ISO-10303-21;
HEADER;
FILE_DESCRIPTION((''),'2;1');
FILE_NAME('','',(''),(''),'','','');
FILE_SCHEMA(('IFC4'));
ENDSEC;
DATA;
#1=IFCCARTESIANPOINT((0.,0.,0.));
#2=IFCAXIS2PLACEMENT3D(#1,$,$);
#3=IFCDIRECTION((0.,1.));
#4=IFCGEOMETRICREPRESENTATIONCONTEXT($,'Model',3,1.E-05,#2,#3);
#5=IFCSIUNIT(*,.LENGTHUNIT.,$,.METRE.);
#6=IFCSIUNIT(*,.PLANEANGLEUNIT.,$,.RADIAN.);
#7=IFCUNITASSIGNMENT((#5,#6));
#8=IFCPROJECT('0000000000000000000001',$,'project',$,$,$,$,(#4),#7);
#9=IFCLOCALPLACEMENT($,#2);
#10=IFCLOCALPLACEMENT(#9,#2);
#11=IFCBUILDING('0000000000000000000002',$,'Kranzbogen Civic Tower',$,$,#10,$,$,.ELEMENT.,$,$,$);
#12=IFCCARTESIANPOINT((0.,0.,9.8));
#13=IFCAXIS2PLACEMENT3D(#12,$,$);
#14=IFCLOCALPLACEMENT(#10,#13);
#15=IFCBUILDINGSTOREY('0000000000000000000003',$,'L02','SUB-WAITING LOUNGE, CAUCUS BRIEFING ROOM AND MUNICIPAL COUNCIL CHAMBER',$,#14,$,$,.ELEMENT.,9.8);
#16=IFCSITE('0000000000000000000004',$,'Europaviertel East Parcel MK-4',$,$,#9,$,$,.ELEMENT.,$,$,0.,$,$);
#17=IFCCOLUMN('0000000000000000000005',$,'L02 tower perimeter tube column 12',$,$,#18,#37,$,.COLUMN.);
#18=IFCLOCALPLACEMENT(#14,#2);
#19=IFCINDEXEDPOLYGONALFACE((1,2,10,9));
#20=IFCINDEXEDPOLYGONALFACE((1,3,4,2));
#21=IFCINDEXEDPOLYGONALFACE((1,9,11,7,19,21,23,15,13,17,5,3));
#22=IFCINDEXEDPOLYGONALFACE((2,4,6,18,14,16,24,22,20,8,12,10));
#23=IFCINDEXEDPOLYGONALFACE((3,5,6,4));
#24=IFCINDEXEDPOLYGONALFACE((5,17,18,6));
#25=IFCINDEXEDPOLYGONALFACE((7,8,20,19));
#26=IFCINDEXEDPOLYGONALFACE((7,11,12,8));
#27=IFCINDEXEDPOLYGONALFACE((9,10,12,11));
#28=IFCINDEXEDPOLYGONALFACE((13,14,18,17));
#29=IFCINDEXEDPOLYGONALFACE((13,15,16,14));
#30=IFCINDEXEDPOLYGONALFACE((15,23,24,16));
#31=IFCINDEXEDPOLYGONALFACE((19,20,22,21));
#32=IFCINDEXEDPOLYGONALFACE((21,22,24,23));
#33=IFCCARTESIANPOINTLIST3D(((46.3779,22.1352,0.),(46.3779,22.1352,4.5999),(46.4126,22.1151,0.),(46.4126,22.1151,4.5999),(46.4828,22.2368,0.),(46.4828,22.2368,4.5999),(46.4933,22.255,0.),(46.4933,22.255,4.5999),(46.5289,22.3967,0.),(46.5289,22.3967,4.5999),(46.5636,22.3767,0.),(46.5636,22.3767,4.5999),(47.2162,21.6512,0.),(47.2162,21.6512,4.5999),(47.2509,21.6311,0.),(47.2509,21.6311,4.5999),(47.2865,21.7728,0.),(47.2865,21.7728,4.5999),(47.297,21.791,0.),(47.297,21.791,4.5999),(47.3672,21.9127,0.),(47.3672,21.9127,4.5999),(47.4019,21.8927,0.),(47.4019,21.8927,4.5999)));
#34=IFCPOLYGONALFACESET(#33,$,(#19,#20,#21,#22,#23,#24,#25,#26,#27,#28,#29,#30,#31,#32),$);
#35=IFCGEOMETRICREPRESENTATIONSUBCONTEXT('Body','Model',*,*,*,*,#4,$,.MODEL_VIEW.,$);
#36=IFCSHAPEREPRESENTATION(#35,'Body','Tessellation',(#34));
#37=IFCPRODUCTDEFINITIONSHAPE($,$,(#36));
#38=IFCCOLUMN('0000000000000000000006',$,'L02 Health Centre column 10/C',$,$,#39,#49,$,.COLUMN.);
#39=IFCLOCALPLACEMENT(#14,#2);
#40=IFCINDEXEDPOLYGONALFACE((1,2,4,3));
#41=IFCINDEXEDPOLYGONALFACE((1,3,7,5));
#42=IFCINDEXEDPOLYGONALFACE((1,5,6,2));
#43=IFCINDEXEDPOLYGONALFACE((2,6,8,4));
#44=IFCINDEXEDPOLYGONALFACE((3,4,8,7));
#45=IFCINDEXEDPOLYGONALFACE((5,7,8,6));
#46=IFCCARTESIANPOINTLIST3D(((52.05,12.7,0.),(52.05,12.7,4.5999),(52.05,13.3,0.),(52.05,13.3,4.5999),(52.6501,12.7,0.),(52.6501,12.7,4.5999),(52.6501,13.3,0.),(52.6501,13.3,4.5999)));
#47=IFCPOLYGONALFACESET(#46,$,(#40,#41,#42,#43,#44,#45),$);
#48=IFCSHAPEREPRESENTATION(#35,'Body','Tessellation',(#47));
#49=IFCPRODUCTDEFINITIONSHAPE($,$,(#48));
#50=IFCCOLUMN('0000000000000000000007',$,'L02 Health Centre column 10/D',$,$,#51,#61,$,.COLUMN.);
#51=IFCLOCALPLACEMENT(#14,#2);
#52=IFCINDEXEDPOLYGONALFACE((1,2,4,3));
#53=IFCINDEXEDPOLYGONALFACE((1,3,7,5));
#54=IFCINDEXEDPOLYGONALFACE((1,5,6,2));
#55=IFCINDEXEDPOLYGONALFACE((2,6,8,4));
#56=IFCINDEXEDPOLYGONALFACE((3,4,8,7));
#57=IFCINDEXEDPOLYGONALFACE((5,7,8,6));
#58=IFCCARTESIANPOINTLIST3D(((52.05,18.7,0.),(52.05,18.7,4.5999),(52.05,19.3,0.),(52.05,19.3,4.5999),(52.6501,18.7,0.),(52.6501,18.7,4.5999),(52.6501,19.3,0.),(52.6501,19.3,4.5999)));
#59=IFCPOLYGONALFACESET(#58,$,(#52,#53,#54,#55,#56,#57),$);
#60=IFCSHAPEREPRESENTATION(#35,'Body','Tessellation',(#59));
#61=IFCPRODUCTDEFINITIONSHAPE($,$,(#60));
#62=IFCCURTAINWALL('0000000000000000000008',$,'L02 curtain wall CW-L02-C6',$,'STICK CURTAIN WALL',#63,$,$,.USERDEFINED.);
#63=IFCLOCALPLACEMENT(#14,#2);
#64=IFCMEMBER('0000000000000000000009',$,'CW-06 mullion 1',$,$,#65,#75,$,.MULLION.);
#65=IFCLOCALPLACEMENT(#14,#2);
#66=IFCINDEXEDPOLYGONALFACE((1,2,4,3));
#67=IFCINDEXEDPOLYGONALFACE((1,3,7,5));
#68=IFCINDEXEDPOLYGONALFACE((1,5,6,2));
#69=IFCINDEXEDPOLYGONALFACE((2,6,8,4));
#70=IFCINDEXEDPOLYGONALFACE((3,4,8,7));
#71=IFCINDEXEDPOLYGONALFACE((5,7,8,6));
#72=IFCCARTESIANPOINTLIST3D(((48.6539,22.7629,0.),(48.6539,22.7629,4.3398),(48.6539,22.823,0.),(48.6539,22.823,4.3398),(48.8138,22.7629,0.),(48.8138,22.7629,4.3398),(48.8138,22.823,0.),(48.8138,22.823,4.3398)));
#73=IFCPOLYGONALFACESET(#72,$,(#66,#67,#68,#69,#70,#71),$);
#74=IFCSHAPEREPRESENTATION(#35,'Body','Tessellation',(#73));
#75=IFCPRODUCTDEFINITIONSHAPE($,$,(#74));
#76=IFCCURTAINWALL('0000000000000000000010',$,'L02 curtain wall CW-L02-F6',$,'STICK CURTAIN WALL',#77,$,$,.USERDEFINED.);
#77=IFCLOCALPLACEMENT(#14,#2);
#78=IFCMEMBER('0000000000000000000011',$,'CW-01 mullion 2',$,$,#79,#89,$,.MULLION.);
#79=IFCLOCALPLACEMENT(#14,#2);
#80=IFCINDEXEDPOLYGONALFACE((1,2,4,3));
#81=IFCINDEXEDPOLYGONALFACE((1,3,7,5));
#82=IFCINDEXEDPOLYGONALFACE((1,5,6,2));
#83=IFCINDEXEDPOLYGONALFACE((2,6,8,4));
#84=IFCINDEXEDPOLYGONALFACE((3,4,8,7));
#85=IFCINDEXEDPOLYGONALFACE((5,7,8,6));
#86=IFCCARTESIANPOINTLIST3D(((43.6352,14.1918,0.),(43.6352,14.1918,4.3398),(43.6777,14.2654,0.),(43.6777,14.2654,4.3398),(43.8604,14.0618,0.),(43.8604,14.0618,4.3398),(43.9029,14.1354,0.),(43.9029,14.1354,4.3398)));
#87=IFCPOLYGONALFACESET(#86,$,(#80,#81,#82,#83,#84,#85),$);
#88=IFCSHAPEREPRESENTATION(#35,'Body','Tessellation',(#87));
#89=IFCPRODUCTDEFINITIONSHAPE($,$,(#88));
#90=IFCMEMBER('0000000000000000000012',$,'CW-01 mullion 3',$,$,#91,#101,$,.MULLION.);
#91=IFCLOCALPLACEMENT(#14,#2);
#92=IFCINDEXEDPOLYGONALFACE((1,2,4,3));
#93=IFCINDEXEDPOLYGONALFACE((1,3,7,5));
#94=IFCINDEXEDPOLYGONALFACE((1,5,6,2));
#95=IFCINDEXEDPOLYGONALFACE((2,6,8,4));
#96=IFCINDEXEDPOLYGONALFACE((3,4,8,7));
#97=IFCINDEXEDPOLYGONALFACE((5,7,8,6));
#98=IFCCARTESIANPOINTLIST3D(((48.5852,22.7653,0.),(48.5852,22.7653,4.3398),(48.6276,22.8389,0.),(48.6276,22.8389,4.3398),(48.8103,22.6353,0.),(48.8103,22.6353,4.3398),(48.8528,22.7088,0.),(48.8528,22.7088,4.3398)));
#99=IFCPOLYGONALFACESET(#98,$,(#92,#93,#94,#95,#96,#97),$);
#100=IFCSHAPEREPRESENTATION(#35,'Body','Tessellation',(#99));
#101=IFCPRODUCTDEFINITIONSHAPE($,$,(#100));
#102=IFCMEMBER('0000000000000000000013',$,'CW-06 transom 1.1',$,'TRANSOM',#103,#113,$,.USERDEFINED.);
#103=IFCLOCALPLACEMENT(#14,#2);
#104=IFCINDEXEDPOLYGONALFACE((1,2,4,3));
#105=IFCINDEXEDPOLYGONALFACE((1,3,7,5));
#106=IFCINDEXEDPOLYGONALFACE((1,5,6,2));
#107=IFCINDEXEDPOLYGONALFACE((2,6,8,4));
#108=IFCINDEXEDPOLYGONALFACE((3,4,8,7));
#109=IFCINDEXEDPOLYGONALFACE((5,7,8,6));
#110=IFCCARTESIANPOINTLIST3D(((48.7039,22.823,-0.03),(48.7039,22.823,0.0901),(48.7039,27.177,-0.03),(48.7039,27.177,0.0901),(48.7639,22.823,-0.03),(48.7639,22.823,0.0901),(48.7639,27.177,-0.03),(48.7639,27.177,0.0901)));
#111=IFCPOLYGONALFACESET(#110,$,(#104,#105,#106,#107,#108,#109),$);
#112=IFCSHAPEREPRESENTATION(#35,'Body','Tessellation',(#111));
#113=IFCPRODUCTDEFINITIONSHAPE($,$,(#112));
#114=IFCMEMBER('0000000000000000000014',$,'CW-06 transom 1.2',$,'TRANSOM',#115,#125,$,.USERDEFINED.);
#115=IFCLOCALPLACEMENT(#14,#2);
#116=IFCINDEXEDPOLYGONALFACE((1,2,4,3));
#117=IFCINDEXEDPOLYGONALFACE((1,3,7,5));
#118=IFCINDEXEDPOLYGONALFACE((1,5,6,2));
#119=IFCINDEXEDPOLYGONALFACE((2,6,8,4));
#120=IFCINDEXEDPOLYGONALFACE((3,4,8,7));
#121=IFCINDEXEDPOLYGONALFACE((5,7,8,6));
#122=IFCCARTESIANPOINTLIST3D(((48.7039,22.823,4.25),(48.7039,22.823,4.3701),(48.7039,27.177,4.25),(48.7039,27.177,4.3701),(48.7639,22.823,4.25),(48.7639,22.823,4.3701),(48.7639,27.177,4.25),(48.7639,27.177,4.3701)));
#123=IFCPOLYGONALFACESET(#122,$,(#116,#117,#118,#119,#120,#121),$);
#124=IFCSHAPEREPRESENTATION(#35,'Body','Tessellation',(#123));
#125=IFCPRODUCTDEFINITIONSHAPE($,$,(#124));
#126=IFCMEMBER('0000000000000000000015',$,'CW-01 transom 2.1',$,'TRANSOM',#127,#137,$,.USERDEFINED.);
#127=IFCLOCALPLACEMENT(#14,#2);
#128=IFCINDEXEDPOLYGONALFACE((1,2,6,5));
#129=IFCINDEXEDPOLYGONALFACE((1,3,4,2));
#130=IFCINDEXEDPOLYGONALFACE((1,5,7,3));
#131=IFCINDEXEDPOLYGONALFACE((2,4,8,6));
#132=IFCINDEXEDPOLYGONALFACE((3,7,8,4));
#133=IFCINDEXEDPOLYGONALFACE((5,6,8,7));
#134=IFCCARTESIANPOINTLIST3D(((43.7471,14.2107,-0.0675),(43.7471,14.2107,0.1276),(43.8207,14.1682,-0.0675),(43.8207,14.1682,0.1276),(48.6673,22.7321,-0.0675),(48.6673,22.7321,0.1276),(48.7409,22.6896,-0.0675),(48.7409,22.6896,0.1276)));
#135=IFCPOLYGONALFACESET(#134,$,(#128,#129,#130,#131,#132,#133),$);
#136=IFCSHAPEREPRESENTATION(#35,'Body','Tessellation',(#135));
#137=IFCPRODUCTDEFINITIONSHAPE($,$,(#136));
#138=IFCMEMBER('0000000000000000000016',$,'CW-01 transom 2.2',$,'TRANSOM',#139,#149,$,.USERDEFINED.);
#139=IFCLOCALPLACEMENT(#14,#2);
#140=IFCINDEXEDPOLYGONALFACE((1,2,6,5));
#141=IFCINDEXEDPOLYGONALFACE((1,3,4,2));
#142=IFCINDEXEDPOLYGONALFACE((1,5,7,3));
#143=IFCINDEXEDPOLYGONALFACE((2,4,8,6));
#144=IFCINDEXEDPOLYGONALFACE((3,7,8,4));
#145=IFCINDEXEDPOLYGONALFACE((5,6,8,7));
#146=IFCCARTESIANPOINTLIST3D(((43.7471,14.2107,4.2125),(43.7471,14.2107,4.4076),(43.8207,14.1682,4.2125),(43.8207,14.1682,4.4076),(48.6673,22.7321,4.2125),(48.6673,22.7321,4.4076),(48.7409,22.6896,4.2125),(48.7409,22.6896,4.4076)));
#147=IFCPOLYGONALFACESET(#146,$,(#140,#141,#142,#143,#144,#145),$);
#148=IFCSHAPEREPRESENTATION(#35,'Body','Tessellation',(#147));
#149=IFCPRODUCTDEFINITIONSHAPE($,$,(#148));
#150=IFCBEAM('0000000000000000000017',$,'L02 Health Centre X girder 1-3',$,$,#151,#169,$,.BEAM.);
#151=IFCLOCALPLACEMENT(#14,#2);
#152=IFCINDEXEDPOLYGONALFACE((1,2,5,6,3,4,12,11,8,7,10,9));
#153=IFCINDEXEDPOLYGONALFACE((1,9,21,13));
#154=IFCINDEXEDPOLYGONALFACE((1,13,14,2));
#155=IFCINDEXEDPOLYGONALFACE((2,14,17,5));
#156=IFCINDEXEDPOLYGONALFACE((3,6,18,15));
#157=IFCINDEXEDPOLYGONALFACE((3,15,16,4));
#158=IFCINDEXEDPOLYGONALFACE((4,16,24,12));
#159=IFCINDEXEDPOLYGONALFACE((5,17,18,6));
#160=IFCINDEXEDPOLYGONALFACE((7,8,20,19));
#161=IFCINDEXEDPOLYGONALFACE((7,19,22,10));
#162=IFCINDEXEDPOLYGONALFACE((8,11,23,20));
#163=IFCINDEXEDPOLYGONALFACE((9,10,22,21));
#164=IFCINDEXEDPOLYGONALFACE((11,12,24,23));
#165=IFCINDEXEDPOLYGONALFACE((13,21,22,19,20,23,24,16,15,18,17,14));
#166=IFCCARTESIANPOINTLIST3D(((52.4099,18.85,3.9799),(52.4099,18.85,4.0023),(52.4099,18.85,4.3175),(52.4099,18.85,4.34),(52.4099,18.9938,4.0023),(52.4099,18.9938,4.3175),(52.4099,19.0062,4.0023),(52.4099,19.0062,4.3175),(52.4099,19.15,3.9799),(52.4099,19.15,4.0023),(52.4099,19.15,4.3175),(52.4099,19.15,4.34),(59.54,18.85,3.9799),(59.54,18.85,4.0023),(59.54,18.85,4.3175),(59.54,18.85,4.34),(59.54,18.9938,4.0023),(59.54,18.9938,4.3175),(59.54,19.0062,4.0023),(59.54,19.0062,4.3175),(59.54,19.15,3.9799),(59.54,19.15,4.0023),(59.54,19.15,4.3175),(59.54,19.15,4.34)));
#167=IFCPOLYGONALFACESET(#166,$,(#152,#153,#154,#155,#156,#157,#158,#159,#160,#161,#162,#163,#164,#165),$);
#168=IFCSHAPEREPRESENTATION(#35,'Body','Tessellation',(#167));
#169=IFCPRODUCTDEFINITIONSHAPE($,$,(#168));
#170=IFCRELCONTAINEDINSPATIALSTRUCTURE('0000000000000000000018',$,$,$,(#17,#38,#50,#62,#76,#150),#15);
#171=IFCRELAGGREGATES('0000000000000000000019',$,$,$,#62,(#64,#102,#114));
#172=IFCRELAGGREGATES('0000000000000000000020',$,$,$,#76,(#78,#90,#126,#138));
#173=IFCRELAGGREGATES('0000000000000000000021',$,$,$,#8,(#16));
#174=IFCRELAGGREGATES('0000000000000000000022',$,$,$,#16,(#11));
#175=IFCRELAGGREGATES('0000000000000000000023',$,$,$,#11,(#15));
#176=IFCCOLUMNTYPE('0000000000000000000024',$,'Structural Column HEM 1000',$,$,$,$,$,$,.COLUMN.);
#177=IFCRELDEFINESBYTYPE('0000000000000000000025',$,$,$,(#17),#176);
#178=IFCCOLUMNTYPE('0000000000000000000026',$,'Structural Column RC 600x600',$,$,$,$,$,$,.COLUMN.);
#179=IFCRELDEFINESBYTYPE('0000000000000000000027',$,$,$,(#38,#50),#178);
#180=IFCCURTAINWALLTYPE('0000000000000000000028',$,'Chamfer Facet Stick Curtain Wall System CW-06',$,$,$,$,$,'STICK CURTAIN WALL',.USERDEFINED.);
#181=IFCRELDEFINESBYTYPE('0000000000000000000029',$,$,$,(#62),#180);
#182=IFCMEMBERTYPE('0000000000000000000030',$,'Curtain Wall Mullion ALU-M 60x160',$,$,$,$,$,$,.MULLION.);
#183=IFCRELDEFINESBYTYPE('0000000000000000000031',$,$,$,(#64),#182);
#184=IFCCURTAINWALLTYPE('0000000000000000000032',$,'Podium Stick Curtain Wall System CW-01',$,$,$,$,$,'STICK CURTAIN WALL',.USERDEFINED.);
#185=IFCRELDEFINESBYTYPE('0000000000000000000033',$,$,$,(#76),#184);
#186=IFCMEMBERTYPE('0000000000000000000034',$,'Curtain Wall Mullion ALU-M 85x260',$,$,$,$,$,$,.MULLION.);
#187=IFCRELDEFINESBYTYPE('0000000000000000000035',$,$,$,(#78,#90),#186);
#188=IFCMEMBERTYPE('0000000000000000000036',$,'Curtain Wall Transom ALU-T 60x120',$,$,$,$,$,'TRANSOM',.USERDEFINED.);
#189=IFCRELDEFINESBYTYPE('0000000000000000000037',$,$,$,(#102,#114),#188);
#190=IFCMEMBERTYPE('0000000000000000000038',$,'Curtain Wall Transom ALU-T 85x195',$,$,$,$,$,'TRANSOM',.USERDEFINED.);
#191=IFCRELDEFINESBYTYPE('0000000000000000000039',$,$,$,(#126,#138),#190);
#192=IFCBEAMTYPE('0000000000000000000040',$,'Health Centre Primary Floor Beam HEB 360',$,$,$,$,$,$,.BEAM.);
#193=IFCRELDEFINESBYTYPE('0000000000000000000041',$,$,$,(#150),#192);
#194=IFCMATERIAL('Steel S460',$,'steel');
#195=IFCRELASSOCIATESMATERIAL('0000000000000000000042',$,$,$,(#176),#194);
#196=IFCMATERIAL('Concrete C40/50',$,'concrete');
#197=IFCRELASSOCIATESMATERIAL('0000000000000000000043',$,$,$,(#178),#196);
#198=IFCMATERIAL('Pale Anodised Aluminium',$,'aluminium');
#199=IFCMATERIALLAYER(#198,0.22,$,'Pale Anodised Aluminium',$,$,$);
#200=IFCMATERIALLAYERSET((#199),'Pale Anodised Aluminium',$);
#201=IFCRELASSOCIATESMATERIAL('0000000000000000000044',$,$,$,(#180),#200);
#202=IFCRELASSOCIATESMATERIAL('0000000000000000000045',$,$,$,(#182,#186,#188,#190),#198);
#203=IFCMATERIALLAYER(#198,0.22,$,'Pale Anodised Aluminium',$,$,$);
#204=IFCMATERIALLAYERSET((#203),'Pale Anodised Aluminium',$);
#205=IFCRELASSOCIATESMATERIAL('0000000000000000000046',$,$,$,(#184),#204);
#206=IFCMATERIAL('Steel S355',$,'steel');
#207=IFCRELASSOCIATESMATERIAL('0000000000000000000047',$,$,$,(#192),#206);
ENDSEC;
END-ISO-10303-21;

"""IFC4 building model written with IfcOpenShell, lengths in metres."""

from ifc_helpers import new_model, si_unit, direction, frame, origin, origin_2d, place, context, subcontext, project, spatial, rectangle, i_section, extrude, material, layer, layer_set, material_profile, profile_set, type_object, element, aggregate, save


model = new_model("IFC4")

# Units and contexts
model_context = context("Model", 3, precision=1e-05, world=origin(), true_north=direction((0.0, 1.0)))
body_context = subcontext(model_context, "Body", "Model", "MODEL_VIEW")
ifc_project = project(units=[si_unit("LENGTHUNIT", "METRE"), si_unit("PLANEANGLEUNIT", "RADIAN")], contexts=[model_context])

# Site, building, storey
site_placement = place(None, origin())
site = spatial("IfcSite", under=ifc_project, at=site_placement, Name="Europaviertel East Parcel MK-4", CompositionType="ELEMENT", RefElevation=0.0)
building_placement = place(site_placement, origin())
building = spatial("IfcBuilding", under=site, at=building_placement, Name="Kranzbogen Civic Tower", CompositionType="ELEMENT")
storey_placement = place(building_placement, frame((0.0, 0.0, 9.8)))
storey = spatial("IfcBuildingStorey", under=building, at=storey_placement, Name="L02", Description="SUB-WAITING LOUNGE, CAUCUS BRIEFING ROOM AND MUNICIPAL COUNCIL CHAMBER", CompositionType="ELEMENT", Elevation=9.8)

# Columns
ifc_material_1 = material(Name="Steel S460", Category="steel")
ifc_material_profile_1 = material_profile(ifc_material_1, i_section(OverallWidth=0.302, OverallDepth=1.0081, WebThickness=0.021, FlangeThickness=0.04, at=origin_2d()), Name="HEM 1000")
ifc_profile_set_1 = profile_set([ifc_material_profile_1], Name="Steel S460")
column_type_1 = type_object("IfcColumnType", Name="Structural Column HEM 1000", PredefinedType="COLUMN", material=ifc_profile_set_1)
column_placement = place(storey_placement, frame((46.8899, 22.0139, 0.0), z_axis=(0.0, 0.0, 1.0), x_axis=(0.5, 0.866025, 0.0)))
element("IfcColumn", 1, at=column_placement, inside=storey, type_object=column_type_1, Name="L02 tower perimeter tube column 12", PredefinedType="COLUMN", context=body_context, shape_type="SweptSolid", body=[
    extrude(i_section(OverallWidth=0.302, OverallDepth=1.0081, WebThickness=0.021, FlangeThickness=0.04, at=origin_2d()), origin(), (0.0, 0.0, 1.0), 4.5999),
])
ifc_material_2 = material(Name="Concrete C40/50", Category="concrete")
ifc_material_profile_2 = material_profile(ifc_material_2, rectangle(XDim=0.6001, YDim=0.6001, at=origin_2d()), Name="RC 600x600")
ifc_profile_set_2 = profile_set([ifc_material_profile_2], Name="Concrete C40/50")
column_type_2 = type_object("IfcColumnType", Name="Structural Column RC 600x600", PredefinedType="COLUMN", material=ifc_profile_set_2)
for number, where, z_axis, x_axis, name in (
    (2, (52.3501, 13.0, 0.0), (0.0, 0.0, 1.0), (1.0, 0.0, 0.0), "L02 Health Centre column 10/C"),
    (3, (52.3501, 19.0, 0.0), (0.0, 0.0, 1.0), (1.0, 0.0, 0.0), "L02 Health Centre column 10/D"),
):
    element("IfcColumn", number, at=place(storey_placement, frame(where, z_axis=z_axis, x_axis=x_axis)), inside=storey, type_object=column_type_2, Name=name, PredefinedType="COLUMN", context=body_context, shape_type="SweptSolid", body=[
        extrude(rectangle(XDim=0.6001, YDim=0.6001, at=origin_2d()), origin(), (0.0, 0.0, 1.0), 4.5999),
    ])

# Curtain wall, member
ifc_material_3 = material(Name="Pale Anodised Aluminium", Category="aluminium")
ifc_layer_1 = layer(ifc_material_3, 0.22, Name="Pale Anodised Aluminium")
ifc_layer_set_1 = layer_set([ifc_layer_1], Name="Pale Anodised Aluminium")
curtain_wall_type_1 = type_object("IfcCurtainWallType", Name="Chamfer Facet Stick Curtain Wall System CW-06", ElementType="STICK CURTAIN WALL", PredefinedType="USERDEFINED", material=ifc_layer_set_1)
curtain_wall_1_placement = place(storey_placement, origin())
curtain_wall_1 = element("IfcCurtainWall", 4, at=curtain_wall_1_placement, inside=storey, type_object=curtain_wall_type_1, Name="L02 curtain wall CW-L02-C6", ObjectType="STICK CURTAIN WALL", PredefinedType="USERDEFINED")
ifc_material_profile_3 = material_profile(ifc_material_3, rectangle(XDim=0.0601, YDim=0.1599, at=origin_2d()), Name="ALU-M 60x160")
ifc_profile_set_3 = profile_set([ifc_material_profile_3], Name="Pale Anodised Aluminium")
member_type_1 = type_object("IfcMemberType", Name="Curtain Wall Mullion ALU-M 60x160", PredefinedType="MULLION", material=ifc_profile_set_3)
member_1_placement = place(storey_placement, frame((48.7339, 22.793, 0.0), z_axis=(0.0, 0.0, 1.0), x_axis=(0.0, 1.0, 0.0)))
member_1 = element("IfcMember", 5, at=member_1_placement, type_object=member_type_1, Name="CW-06 mullion 1", PredefinedType="MULLION", context=body_context, shape_type="SweptSolid", body=[
    extrude(rectangle(XDim=0.0601, YDim=0.1599, at=origin_2d()), origin(), (0.0, 0.0, 1.0), 4.3398),
])

# Curtain wall, members
ifc_layer_2 = layer(ifc_material_3, 0.22, Name="Pale Anodised Aluminium")
ifc_layer_set_2 = layer_set([ifc_layer_2], Name="Pale Anodised Aluminium")
curtain_wall_type_2 = type_object("IfcCurtainWallType", Name="Podium Stick Curtain Wall System CW-01", ElementType="STICK CURTAIN WALL", PredefinedType="USERDEFINED", material=ifc_layer_set_2)
curtain_wall_2_placement = place(storey_placement, origin())
curtain_wall_2 = element("IfcCurtainWall", 6, at=curtain_wall_2_placement, inside=storey, type_object=curtain_wall_type_2, Name="L02 curtain wall CW-L02-F6", ObjectType="STICK CURTAIN WALL", PredefinedType="USERDEFINED")
ifc_material_profile_4 = material_profile(ifc_material_3, rectangle(XDim=0.085, YDim=0.26, at=origin_2d()), Name="ALU-M 85x260")
ifc_profile_set_4 = profile_set([ifc_material_profile_4], Name="Pale Anodised Aluminium")
member_type_2 = type_object("IfcMemberType", Name="Curtain Wall Mullion ALU-M 85x260", PredefinedType="MULLION", material=ifc_profile_set_4)
member_2_placement = place(storey_placement, frame((43.769, 14.1636, 0.0), z_axis=(0.0, 0.0, 1.0), x_axis=(0.500006, 0.866022, 0.0)))
member_2 = element("IfcMember", 7, at=member_2_placement, type_object=member_type_2, Name="CW-01 mullion 2", PredefinedType="MULLION", context=body_context, shape_type="SweptSolid", body=[
    extrude(rectangle(XDim=0.085, YDim=0.26, at=origin_2d()), origin(), (0.0, 0.0, 1.0), 4.3398),
])
member_3_placement = place(storey_placement, frame((48.719, 22.7371, 0.0), z_axis=(0.0, 0.0, 1.0), x_axis=(0.500006, 0.866022, 0.0)))
member_3 = element("IfcMember", 8, at=member_3_placement, type_object=member_type_2, Name="CW-01 mullion 3", PredefinedType="MULLION", context=body_context, shape_type="SweptSolid", body=[
    extrude(rectangle(XDim=0.085, YDim=0.26, at=origin_2d()), origin(), (0.0, 0.0, 1.0), 4.3398),
])

# Members
ifc_material_profile_5 = material_profile(ifc_material_3, rectangle(XDim=0.0601, YDim=0.1201, at=origin_2d()), Name="ALU-T 60x120")
ifc_profile_set_5 = profile_set([ifc_material_profile_5], Name="Pale Anodised Aluminium")
member_type_3 = type_object("IfcMemberType", Name="Curtain Wall Transom ALU-T 60x120", ElementType="TRANSOM", PredefinedType="USERDEFINED", material=ifc_profile_set_5)
member_4_placement = place(storey_placement, frame((48.7339, 22.823, 0.03), z_axis=(0.0, 1.0, 0.0), x_axis=(-1.0, 0.0, 0.0)))
member_4 = element("IfcMember", 9, at=member_4_placement, type_object=member_type_3, Name="CW-06 transom 1.1", ObjectType="TRANSOM", PredefinedType="USERDEFINED", context=body_context, shape_type="SweptSolid", body=[
    extrude(rectangle(XDim=0.0601, YDim=0.1201, at=origin_2d()), origin(), (0.0, 0.0, 1.0), 4.354),
])
member_5_placement = place(storey_placement, frame((48.7339, 22.823, 4.3101), z_axis=(0.0, 1.0, 0.0), x_axis=(-1.0, 0.0, 0.0)))
member_5 = element("IfcMember", 10, at=member_5_placement, type_object=member_type_3, Name="CW-06 transom 1.2", ObjectType="TRANSOM", PredefinedType="USERDEFINED", context=body_context, shape_type="SweptSolid", body=[
    extrude(rectangle(XDim=0.0601, YDim=0.1201, at=origin_2d()), origin(), (0.0, 0.0, 1.0), 4.354),
])
aggregate(curtain_wall_1, [member_1, member_4, member_5])
ifc_material_profile_6 = material_profile(ifc_material_3, rectangle(XDim=0.085, YDim=0.1951, at=origin_2d()), Name="ALU-T 85x195")
ifc_profile_set_6 = profile_set([ifc_material_profile_6], Name="Pale Anodised Aluminium")
member_type_4 = type_object("IfcMemberType", Name="Curtain Wall Transom ALU-T 85x195", ElementType="TRANSOM", PredefinedType="USERDEFINED", material=ifc_profile_set_6)
member_6_placement = place(storey_placement, frame((43.7839, 14.1895, 0.03), z_axis=(0.500022, 0.866013, 0.0), x_axis=(-0.866013, 0.500022, 0.0)))
member_6 = element("IfcMember", 11, at=member_6_placement, type_object=member_type_4, Name="CW-01 transom 2.1", ObjectType="TRANSOM", PredefinedType="USERDEFINED", context=body_context, shape_type="SweptSolid", body=[
    extrude(rectangle(XDim=0.085, YDim=0.1951, at=origin_2d()), origin(), (0.0, 0.0, 1.0), 9.8398),
])
member_7_placement = place(storey_placement, frame((43.7839, 14.1895, 4.3101), z_axis=(0.500022, 0.866013, 0.0), x_axis=(-0.866013, 0.500022, 0.0)))
member_7 = element("IfcMember", 12, at=member_7_placement, type_object=member_type_4, Name="CW-01 transom 2.2", ObjectType="TRANSOM", PredefinedType="USERDEFINED", context=body_context, shape_type="SweptSolid", body=[
    extrude(rectangle(XDim=0.085, YDim=0.1951, at=origin_2d()), origin(), (0.0, 0.0, 1.0), 9.8398),
])

# Beam
ifc_material_4 = material(Name="Steel S355", Category="steel")
ifc_material_profile_7 = material_profile(ifc_material_4, i_section(OverallWidth=0.3, OverallDepth=0.3601, WebThickness=0.0125, FlangeThickness=0.0225, at=origin_2d()), Name="HEB 360")
ifc_profile_set_7 = profile_set([ifc_material_profile_7], Name="Steel S355")
beam_type_1 = type_object("IfcBeamType", Name="Health Centre Primary Floor Beam HEB 360", PredefinedType="BEAM", material=ifc_profile_set_7)
beam_1_placement = place(storey_placement, frame((52.4099, 19.0, 4.1599), z_axis=(1.0, 0.0, 0.0), x_axis=(0.0, 1.0, 0.0)))
element("IfcBeam", 13, at=beam_1_placement, inside=storey, type_object=beam_type_1, Name="L02 Health Centre X girder 1-3", PredefinedType="BEAM", context=body_context, shape_type="SweptSolid", body=[
    extrude(i_section(OverallWidth=0.3, OverallDepth=0.3601, WebThickness=0.0125, FlangeThickness=0.0225, at=origin_2d()), origin(), (0.0, 0.0, 1.0), 7.1301),
])

aggregate(curtain_wall_2, [member_2, member_3, member_6, member_7])

save(model, "model.ifc")
